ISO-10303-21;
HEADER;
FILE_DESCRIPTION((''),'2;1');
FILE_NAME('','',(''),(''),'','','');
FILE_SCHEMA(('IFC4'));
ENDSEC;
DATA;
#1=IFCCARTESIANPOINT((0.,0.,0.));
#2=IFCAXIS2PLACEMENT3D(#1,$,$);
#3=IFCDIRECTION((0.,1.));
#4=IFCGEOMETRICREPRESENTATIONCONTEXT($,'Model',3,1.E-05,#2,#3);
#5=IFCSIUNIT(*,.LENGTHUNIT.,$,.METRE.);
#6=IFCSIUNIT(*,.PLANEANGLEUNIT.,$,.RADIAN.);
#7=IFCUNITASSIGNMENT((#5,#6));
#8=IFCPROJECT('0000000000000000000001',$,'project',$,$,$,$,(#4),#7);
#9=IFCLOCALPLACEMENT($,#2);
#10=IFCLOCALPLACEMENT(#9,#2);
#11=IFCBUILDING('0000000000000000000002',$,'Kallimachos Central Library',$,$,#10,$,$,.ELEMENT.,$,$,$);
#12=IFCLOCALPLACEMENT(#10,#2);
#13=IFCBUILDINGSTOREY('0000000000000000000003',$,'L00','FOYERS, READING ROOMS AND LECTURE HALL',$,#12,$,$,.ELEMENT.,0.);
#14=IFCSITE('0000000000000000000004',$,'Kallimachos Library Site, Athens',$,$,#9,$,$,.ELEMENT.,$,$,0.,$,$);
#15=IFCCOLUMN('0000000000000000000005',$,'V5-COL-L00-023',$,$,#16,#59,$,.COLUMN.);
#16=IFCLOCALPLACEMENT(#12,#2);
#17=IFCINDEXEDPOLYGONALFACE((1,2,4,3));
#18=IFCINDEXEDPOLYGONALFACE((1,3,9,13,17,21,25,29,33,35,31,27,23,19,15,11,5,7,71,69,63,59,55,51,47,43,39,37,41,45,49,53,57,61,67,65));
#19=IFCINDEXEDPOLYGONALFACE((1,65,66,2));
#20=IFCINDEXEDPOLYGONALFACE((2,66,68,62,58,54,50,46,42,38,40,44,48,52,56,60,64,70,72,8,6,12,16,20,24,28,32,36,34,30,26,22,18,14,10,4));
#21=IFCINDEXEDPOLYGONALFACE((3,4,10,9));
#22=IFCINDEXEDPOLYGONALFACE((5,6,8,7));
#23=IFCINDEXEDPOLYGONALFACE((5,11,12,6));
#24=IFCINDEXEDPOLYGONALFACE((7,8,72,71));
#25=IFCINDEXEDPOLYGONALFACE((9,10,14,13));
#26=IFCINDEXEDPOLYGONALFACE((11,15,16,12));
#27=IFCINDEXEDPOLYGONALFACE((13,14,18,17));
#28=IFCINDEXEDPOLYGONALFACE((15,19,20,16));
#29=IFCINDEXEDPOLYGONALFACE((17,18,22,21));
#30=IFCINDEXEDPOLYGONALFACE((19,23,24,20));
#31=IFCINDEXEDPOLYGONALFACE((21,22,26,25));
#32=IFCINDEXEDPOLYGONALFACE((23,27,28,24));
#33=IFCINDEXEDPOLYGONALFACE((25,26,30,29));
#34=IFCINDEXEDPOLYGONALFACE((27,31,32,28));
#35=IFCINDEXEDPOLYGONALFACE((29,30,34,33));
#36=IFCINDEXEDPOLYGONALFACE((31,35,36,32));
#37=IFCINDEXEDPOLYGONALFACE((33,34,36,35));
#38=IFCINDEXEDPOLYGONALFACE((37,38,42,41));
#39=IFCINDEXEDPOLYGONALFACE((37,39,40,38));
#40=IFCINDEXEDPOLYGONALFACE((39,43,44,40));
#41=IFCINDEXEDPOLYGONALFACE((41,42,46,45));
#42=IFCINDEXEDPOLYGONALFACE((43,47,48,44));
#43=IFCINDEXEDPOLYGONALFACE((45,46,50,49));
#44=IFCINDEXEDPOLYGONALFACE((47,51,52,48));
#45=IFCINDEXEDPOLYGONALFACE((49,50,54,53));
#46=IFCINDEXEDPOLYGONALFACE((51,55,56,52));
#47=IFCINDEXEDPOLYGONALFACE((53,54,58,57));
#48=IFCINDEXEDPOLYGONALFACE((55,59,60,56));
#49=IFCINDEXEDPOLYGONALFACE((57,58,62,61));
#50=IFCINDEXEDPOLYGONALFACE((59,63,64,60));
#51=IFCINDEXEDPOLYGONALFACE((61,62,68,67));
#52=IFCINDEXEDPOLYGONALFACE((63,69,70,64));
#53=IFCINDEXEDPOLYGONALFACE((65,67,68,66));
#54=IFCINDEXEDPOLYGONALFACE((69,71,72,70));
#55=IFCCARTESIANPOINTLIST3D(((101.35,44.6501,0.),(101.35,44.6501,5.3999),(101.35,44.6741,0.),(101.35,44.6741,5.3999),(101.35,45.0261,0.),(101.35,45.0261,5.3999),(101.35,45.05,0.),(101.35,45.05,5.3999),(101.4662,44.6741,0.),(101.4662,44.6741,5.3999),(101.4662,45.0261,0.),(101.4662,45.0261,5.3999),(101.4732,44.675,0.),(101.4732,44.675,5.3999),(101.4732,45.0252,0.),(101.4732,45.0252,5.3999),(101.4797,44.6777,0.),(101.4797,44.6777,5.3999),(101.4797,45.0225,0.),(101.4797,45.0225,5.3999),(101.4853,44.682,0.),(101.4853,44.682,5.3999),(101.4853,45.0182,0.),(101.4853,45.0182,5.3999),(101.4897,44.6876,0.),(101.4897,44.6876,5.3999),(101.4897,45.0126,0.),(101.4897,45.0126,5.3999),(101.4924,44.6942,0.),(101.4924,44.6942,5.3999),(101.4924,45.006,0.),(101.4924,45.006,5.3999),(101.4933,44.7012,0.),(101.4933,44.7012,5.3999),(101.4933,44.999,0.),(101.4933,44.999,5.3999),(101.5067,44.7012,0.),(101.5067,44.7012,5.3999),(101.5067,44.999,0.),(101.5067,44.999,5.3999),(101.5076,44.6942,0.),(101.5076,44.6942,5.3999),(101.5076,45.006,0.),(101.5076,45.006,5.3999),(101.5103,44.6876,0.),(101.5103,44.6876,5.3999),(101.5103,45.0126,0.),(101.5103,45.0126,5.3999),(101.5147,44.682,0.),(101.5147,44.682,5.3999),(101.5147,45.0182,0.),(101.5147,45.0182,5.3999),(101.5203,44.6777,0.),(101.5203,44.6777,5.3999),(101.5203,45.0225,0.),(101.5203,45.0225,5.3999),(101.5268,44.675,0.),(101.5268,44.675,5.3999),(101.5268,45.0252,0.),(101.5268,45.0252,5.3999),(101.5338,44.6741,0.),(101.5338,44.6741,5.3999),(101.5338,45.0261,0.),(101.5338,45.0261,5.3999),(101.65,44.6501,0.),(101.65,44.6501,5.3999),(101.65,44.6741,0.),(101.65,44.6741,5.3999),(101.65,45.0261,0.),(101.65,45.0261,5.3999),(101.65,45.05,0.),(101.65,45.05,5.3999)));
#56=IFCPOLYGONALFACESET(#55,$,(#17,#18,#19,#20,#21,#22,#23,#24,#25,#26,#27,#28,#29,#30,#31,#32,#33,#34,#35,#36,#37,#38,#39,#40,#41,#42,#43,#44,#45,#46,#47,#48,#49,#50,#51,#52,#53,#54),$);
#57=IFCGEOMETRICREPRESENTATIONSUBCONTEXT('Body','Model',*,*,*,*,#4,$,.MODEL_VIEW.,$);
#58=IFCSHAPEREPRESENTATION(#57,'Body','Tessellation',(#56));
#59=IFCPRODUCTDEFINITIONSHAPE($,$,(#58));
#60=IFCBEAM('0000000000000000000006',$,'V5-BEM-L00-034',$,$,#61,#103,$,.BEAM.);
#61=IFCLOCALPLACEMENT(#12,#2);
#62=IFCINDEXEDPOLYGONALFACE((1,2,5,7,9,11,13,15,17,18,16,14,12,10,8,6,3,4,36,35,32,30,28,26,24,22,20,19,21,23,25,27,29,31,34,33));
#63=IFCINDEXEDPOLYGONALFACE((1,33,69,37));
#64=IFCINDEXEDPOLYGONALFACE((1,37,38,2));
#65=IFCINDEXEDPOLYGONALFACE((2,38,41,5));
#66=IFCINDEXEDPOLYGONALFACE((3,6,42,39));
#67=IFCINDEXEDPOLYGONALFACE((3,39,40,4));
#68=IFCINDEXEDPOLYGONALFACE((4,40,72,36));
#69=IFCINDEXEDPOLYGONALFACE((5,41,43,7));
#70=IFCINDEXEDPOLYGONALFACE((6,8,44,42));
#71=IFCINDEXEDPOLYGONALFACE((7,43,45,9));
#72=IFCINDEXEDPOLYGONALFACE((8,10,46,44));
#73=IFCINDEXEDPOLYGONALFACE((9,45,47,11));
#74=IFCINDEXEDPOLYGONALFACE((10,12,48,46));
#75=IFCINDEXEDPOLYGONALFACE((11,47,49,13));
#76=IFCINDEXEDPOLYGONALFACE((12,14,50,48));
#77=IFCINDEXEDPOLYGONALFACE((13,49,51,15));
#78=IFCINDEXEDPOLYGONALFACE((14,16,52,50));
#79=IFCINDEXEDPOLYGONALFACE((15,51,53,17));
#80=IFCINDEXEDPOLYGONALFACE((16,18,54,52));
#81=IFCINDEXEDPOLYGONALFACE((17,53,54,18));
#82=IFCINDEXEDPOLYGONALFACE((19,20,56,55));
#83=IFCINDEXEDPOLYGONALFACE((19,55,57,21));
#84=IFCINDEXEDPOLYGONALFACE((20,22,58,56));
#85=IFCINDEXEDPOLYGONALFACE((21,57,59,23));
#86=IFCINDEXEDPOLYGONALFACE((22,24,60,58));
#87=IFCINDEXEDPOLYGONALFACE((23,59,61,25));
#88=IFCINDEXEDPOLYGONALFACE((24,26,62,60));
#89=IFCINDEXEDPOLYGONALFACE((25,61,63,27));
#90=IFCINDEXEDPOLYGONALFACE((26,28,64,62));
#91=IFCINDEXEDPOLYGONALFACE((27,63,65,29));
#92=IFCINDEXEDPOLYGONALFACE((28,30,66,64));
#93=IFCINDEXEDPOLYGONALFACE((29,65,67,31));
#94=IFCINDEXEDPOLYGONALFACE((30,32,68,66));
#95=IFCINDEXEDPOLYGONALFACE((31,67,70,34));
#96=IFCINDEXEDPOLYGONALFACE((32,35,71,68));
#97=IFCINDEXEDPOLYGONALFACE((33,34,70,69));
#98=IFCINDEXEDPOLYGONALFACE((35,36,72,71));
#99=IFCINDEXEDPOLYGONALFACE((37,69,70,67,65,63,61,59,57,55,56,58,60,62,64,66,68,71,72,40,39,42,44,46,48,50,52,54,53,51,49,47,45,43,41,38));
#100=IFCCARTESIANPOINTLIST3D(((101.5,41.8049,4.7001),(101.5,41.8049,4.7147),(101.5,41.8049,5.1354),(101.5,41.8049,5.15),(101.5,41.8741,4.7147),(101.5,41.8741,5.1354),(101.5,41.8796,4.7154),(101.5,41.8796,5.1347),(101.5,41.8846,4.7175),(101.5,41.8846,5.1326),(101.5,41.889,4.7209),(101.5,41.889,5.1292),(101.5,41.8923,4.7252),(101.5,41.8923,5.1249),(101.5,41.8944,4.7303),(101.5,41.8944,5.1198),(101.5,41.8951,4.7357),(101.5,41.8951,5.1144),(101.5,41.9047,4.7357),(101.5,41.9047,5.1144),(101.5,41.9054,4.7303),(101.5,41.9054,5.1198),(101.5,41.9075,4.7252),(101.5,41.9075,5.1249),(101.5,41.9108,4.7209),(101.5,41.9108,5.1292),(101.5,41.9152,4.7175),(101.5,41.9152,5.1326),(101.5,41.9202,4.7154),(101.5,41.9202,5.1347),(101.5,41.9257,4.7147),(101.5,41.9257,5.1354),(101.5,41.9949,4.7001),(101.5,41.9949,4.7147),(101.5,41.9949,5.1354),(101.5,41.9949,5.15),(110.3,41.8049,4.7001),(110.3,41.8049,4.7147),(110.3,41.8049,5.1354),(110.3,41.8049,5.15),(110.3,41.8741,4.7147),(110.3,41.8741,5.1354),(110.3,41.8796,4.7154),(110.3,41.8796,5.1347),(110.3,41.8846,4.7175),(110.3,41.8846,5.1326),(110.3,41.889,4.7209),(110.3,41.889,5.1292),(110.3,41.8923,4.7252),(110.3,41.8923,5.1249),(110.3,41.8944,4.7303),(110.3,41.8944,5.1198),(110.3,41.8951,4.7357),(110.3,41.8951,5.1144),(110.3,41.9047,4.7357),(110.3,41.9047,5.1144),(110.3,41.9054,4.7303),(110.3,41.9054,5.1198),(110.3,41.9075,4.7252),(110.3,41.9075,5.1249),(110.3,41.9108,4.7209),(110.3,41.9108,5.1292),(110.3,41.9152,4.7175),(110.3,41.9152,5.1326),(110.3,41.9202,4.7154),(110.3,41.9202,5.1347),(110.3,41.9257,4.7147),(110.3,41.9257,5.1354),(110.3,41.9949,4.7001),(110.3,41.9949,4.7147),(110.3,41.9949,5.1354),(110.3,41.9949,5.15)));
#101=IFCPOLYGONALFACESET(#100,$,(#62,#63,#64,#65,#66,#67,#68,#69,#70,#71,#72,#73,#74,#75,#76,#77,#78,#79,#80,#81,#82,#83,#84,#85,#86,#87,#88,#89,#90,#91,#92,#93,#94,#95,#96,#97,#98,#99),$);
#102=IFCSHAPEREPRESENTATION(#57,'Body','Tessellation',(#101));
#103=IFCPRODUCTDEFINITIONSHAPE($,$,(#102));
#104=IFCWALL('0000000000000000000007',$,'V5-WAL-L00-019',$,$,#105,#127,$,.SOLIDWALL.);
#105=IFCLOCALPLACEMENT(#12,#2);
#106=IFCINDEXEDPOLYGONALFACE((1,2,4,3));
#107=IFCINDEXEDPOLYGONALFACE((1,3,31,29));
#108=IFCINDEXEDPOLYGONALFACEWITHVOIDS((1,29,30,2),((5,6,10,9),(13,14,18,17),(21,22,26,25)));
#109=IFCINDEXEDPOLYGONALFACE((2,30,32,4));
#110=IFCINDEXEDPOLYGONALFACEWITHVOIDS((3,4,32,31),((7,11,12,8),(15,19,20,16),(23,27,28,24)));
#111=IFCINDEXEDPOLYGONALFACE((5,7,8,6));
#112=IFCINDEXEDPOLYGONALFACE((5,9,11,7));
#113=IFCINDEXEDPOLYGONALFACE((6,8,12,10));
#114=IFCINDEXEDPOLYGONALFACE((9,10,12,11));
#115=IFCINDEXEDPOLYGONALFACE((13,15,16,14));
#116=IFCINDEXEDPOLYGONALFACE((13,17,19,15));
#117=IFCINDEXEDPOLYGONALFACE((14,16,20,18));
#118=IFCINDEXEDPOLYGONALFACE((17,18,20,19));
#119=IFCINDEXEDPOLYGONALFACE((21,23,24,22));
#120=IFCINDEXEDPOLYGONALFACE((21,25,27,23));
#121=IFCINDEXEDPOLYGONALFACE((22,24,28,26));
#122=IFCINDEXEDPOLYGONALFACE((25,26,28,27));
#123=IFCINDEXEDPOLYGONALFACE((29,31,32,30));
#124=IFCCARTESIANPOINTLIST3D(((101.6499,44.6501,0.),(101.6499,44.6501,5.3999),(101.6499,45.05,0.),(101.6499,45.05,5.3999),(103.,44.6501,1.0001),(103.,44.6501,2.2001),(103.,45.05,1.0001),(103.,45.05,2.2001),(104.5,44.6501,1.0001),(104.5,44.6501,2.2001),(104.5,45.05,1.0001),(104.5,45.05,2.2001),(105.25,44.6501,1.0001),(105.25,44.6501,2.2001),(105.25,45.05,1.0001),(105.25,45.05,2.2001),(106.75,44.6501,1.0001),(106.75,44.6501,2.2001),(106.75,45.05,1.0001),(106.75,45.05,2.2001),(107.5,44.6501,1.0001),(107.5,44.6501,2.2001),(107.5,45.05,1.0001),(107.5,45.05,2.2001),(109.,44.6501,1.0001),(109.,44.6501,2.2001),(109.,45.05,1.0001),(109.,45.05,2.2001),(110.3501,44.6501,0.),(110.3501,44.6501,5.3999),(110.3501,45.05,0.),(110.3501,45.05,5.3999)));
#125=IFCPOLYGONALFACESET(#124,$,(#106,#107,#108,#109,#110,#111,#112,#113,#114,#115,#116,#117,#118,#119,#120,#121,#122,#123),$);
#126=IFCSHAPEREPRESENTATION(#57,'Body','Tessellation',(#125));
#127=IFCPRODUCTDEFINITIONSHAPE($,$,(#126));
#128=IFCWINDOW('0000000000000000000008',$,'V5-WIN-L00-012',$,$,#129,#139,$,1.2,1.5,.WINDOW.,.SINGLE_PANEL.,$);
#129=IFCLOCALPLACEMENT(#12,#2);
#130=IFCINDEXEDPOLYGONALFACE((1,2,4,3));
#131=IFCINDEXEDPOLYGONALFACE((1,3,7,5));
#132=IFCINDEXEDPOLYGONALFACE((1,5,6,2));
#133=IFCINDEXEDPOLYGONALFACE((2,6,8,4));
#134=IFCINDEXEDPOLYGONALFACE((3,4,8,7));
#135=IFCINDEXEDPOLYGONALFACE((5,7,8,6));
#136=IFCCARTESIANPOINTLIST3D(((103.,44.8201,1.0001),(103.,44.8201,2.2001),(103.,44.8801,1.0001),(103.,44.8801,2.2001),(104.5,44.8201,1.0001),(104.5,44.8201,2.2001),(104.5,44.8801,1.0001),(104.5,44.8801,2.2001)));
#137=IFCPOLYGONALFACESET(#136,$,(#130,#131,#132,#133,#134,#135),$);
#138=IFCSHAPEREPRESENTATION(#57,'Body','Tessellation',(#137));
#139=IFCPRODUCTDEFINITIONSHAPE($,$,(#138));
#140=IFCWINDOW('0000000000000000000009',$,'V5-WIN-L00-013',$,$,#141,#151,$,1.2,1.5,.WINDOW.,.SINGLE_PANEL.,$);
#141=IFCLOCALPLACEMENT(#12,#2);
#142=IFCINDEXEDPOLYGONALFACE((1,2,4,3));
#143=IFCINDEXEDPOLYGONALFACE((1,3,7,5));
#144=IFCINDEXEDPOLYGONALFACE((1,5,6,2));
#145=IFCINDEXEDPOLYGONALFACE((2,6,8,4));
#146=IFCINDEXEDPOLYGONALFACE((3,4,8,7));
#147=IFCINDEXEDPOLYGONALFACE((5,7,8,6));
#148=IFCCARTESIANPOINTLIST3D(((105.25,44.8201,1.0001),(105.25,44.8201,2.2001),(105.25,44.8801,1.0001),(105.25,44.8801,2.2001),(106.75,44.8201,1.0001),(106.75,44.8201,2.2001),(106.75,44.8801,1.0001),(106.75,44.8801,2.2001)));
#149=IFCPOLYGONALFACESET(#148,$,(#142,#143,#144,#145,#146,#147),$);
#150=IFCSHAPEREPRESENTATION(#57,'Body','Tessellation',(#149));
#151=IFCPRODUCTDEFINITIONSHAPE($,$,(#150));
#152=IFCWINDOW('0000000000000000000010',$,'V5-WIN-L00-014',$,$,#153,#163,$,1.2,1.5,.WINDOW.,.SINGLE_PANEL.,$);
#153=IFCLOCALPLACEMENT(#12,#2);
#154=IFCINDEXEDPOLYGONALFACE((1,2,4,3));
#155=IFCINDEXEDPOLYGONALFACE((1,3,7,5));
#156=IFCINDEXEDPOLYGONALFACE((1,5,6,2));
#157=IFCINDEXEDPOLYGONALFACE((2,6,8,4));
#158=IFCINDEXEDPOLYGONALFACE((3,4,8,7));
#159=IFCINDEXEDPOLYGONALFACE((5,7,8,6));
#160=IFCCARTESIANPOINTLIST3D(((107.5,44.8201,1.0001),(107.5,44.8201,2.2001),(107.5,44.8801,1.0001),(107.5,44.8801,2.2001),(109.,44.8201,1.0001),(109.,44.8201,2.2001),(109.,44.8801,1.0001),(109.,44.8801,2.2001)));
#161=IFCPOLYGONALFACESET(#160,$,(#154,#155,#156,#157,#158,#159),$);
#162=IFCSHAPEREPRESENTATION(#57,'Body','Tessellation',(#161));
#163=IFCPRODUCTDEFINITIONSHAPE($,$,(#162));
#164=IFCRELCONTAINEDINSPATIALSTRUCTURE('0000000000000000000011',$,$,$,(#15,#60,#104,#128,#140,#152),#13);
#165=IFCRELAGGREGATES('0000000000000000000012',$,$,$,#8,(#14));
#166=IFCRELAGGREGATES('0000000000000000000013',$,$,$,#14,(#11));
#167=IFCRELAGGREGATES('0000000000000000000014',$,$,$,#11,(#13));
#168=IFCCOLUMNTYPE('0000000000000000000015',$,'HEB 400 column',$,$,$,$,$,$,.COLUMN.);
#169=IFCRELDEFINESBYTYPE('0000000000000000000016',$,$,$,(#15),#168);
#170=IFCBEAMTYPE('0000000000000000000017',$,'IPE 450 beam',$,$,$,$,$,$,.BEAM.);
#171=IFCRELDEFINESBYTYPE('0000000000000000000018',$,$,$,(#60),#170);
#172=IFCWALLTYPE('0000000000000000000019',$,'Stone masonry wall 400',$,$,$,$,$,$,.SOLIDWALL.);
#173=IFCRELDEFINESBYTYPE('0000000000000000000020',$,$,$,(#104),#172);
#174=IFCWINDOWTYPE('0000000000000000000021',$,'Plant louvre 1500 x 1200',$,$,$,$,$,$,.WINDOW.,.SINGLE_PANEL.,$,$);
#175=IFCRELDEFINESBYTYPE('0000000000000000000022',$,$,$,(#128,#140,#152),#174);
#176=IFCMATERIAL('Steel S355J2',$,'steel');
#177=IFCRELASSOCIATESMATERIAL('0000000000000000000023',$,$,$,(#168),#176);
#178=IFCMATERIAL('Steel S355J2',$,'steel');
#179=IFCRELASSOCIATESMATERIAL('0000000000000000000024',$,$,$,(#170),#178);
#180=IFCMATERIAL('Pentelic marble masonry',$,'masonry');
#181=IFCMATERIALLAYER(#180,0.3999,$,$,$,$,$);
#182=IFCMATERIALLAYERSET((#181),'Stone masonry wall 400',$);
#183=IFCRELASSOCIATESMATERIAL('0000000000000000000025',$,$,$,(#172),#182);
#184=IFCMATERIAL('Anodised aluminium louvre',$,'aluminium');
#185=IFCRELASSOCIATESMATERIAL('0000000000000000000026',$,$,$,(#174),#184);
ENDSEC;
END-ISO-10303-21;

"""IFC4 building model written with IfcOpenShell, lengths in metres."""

from ifc_helpers import new_model, si_unit, direction, frame, frame_2d, origin, origin_2d, place, context, subcontext, project, spatial, rectangle, i_section, extrude, material, layer, layer_set, material_profile, profile_set, type_object, element, fill, save


model = new_model("IFC4")

# Units and contexts
model_context = context("Model", 3, precision=1e-05, world=origin(), true_north=direction((0.0, 1.0)))
body_context = subcontext(model_context, "Body", "Model", "MODEL_VIEW")
ifc_project = project(units=[si_unit("LENGTHUNIT", "METRE"), si_unit("PLANEANGLEUNIT", "RADIAN")], contexts=[model_context])

# Site, building, storey
site_placement = place(None, origin())
site = spatial("IfcSite", under=ifc_project, at=site_placement, Name="Kallimachos Library Site, Athens", CompositionType="ELEMENT", RefElevation=0.0)
building_placement = place(site_placement, origin())
building = spatial("IfcBuilding", under=site, at=building_placement, Name="Kallimachos Central Library", CompositionType="ELEMENT")
storey_placement = place(building_placement, origin())
storey = spatial("IfcBuildingStorey", under=building, at=storey_placement, Name="L00", Description="FOYERS, READING ROOMS AND LECTURE HALL", CompositionType="ELEMENT", Elevation=0.0)

# Column
ifc_material_1 = material(Name="Steel S355J2", Category="steel")
ifc_material_profile_1 = material_profile(ifc_material_1, i_section(OverallWidth=0.3, OverallDepth=0.3999, WebThickness=0.0134, FlangeThickness=0.0239, FilletRadius=0.0271, at=origin_2d()), Name="HEB 400")
ifc_profile_set_1 = profile_set([ifc_material_profile_1], Name="Steel S355J2")
column_type = type_object("IfcColumnType", Name="HEB 400 column", PredefinedType="COLUMN", material=ifc_profile_set_1)
column_placement = place(storey_placement, frame((101.5, 44.8501, 0.0), z_axis=(0.0, 0.0, 1.0), x_axis=(1.0, 0.0, 0.0)))
element("IfcColumn", 1, at=column_placement, inside=storey, type_object=column_type, Name="V5-COL-L00-023", PredefinedType="COLUMN", context=body_context, shape_type="SweptSolid", body=[
    extrude(i_section(OverallWidth=0.3, OverallDepth=0.3999, WebThickness=0.0134, FlangeThickness=0.0239, FilletRadius=0.0271, at=origin_2d()), origin(), (0.0, 0.0, 1.0), 5.3999),
])

# Beam
ifc_material_2 = material(Name="Steel S355J2", Category="steel")
ifc_material_profile_2 = material_profile(ifc_material_2, i_section(OverallWidth=0.1899, OverallDepth=0.45, WebThickness=0.0095, FlangeThickness=0.0146, FilletRadius=0.021, at=origin_2d()), Name="IPE 450")
ifc_profile_set_2 = profile_set([ifc_material_profile_2], Name="Steel S355J2")
beam_type = type_object("IfcBeamType", Name="IPE 450 beam", PredefinedType="BEAM", material=ifc_profile_set_2)
beam_placement = place(storey_placement, frame((101.5, 41.8999, 4.925), z_axis=(1.0, 0.0, 0.0), x_axis=(0.0, 1.0, 0.0)))
element("IfcBeam", 2, at=beam_placement, inside=storey, type_object=beam_type, Name="V5-BEM-L00-034", PredefinedType="BEAM", context=body_context, shape_type="SweptSolid", body=[
    extrude(i_section(OverallWidth=0.1899, OverallDepth=0.45, WebThickness=0.0095, FlangeThickness=0.0146, FilletRadius=0.021, at=origin_2d()), origin(), (0.0, 0.0, 1.0), 8.8),
])

# Wall, openings, windows
ifc_material_3 = material(Name="Pentelic marble masonry", Category="masonry")
ifc_layer_1 = layer(ifc_material_3, 0.3999)
ifc_layer_set_1 = layer_set([ifc_layer_1], Name="Stone masonry wall 400")
wall_type = type_object("IfcWallType", Name="Stone masonry wall 400", PredefinedType="SOLIDWALL", material=ifc_layer_set_1)
wall_placement = place(storey_placement, frame((101.6499, 44.8501, 0.0), z_axis=(0.0, 0.0, 1.0), x_axis=(1.0, 0.0, 0.0)))
wall = element("IfcWall", 3, at=wall_placement, inside=storey, type_object=wall_type, Name="V5-WAL-L00-019", PredefinedType="SOLIDWALL", context=body_context, shape_type="SweptSolid", body=[
    extrude(rectangle(XDim=8.7002, YDim=0.3999, at=frame_2d((4.3501, 0.0))), origin(), (0.0, 0.0, 1.0), 5.3999),
])
opening_1_placement = place(wall_placement, frame((1.3501, 0.0, 1.0)))
opening_1 = element("IfcOpeningElement", 4, at=opening_1_placement, cuts=wall, PredefinedType="OPENING", context=body_context, shape_type="SweptSolid", body=[
    extrude(rectangle(XDim=1.5, YDim=1.2, at=frame_2d((0.75, 0.6001))), frame((0.0, 0.21, 0.0), z_axis=(0.0, -1.0, 0.0), x_axis=(1.0, 0.0, 0.0)), (0.0, 0.0, 1.0), 0.4199),
])
opening_2_placement = place(wall_placement, frame((3.6001, 0.0, 1.0)))
opening_2 = element("IfcOpeningElement", 5, at=opening_2_placement, cuts=wall, PredefinedType="OPENING", context=body_context, shape_type="SweptSolid", body=[
    extrude(rectangle(XDim=1.5, YDim=1.2, at=frame_2d((0.75, 0.6001))), frame((0.0, 0.21, 0.0), z_axis=(0.0, -1.0, 0.0), x_axis=(1.0, 0.0, 0.0)), (0.0, 0.0, 1.0), 0.4199),
])
opening_3_placement = place(wall_placement, frame((5.8501, 0.0, 1.0)))
opening_3 = element("IfcOpeningElement", 6, at=opening_3_placement, cuts=wall, PredefinedType="OPENING", context=body_context, shape_type="SweptSolid", body=[
    extrude(rectangle(XDim=1.5, YDim=1.2, at=frame_2d((0.75, 0.6001))), frame((0.0, 0.21, 0.0), z_axis=(0.0, -1.0, 0.0), x_axis=(1.0, 0.0, 0.0)), (0.0, 0.0, 1.0), 0.4199),
])
ifc_material_4 = material(Name="Anodised aluminium louvre", Category="aluminium")
window_type = type_object("IfcWindowType", Name="Plant louvre 1500 x 1200", PartitioningType="SINGLE_PANEL", PredefinedType="WINDOW", material=ifc_material_4)
window_1_placement = place(opening_1_placement, origin())
window_1 = element("IfcWindow", 7, at=window_1_placement, inside=storey, type_object=window_type, Name="V5-WIN-L00-012", OverallHeight=1.2, OverallWidth=1.5, PartitioningType="SINGLE_PANEL", PredefinedType="WINDOW", context=body_context, shape_type="SweptSolid", body=[
    extrude(rectangle(XDim=1.5, YDim=1.2, at=frame_2d((0.75, 0.6001))), frame((0.0, 0.03, 0.0), z_axis=(0.0, -1.0, 0.0), x_axis=(1.0, 0.0, 0.0)), (0.0, 0.0, 1.0), 0.0601),
])
fill(opening_1, window_1)
window_2_placement = place(opening_2_placement, origin())
window_2 = element("IfcWindow", 8, at=window_2_placement, inside=storey, type_object=window_type, Name="V5-WIN-L00-013", OverallHeight=1.2, OverallWidth=1.5, PartitioningType="SINGLE_PANEL", PredefinedType="WINDOW", context=body_context, shape_type="SweptSolid", body=[
    extrude(rectangle(XDim=1.5, YDim=1.2, at=frame_2d((0.75, 0.6001))), frame((0.0, 0.03, 0.0), z_axis=(0.0, -1.0, 0.0), x_axis=(1.0, 0.0, 0.0)), (0.0, 0.0, 1.0), 0.0601),
])
fill(opening_2, window_2)
window_3_placement = place(opening_3_placement, origin())
window_3 = element("IfcWindow", 9, at=window_3_placement, inside=storey, type_object=window_type, Name="V5-WIN-L00-014", OverallHeight=1.2, OverallWidth=1.5, PartitioningType="SINGLE_PANEL", PredefinedType="WINDOW", context=body_context, shape_type="SweptSolid", body=[
    extrude(rectangle(XDim=1.5, YDim=1.2, at=frame_2d((0.75, 0.6001))), frame((0.0, 0.03, 0.0), z_axis=(0.0, -1.0, 0.0), x_axis=(1.0, 0.0, 0.0)), (0.0, 0.0, 1.0), 0.0601),
])
fill(opening_3, window_3)

save(model, "model.ifc")
